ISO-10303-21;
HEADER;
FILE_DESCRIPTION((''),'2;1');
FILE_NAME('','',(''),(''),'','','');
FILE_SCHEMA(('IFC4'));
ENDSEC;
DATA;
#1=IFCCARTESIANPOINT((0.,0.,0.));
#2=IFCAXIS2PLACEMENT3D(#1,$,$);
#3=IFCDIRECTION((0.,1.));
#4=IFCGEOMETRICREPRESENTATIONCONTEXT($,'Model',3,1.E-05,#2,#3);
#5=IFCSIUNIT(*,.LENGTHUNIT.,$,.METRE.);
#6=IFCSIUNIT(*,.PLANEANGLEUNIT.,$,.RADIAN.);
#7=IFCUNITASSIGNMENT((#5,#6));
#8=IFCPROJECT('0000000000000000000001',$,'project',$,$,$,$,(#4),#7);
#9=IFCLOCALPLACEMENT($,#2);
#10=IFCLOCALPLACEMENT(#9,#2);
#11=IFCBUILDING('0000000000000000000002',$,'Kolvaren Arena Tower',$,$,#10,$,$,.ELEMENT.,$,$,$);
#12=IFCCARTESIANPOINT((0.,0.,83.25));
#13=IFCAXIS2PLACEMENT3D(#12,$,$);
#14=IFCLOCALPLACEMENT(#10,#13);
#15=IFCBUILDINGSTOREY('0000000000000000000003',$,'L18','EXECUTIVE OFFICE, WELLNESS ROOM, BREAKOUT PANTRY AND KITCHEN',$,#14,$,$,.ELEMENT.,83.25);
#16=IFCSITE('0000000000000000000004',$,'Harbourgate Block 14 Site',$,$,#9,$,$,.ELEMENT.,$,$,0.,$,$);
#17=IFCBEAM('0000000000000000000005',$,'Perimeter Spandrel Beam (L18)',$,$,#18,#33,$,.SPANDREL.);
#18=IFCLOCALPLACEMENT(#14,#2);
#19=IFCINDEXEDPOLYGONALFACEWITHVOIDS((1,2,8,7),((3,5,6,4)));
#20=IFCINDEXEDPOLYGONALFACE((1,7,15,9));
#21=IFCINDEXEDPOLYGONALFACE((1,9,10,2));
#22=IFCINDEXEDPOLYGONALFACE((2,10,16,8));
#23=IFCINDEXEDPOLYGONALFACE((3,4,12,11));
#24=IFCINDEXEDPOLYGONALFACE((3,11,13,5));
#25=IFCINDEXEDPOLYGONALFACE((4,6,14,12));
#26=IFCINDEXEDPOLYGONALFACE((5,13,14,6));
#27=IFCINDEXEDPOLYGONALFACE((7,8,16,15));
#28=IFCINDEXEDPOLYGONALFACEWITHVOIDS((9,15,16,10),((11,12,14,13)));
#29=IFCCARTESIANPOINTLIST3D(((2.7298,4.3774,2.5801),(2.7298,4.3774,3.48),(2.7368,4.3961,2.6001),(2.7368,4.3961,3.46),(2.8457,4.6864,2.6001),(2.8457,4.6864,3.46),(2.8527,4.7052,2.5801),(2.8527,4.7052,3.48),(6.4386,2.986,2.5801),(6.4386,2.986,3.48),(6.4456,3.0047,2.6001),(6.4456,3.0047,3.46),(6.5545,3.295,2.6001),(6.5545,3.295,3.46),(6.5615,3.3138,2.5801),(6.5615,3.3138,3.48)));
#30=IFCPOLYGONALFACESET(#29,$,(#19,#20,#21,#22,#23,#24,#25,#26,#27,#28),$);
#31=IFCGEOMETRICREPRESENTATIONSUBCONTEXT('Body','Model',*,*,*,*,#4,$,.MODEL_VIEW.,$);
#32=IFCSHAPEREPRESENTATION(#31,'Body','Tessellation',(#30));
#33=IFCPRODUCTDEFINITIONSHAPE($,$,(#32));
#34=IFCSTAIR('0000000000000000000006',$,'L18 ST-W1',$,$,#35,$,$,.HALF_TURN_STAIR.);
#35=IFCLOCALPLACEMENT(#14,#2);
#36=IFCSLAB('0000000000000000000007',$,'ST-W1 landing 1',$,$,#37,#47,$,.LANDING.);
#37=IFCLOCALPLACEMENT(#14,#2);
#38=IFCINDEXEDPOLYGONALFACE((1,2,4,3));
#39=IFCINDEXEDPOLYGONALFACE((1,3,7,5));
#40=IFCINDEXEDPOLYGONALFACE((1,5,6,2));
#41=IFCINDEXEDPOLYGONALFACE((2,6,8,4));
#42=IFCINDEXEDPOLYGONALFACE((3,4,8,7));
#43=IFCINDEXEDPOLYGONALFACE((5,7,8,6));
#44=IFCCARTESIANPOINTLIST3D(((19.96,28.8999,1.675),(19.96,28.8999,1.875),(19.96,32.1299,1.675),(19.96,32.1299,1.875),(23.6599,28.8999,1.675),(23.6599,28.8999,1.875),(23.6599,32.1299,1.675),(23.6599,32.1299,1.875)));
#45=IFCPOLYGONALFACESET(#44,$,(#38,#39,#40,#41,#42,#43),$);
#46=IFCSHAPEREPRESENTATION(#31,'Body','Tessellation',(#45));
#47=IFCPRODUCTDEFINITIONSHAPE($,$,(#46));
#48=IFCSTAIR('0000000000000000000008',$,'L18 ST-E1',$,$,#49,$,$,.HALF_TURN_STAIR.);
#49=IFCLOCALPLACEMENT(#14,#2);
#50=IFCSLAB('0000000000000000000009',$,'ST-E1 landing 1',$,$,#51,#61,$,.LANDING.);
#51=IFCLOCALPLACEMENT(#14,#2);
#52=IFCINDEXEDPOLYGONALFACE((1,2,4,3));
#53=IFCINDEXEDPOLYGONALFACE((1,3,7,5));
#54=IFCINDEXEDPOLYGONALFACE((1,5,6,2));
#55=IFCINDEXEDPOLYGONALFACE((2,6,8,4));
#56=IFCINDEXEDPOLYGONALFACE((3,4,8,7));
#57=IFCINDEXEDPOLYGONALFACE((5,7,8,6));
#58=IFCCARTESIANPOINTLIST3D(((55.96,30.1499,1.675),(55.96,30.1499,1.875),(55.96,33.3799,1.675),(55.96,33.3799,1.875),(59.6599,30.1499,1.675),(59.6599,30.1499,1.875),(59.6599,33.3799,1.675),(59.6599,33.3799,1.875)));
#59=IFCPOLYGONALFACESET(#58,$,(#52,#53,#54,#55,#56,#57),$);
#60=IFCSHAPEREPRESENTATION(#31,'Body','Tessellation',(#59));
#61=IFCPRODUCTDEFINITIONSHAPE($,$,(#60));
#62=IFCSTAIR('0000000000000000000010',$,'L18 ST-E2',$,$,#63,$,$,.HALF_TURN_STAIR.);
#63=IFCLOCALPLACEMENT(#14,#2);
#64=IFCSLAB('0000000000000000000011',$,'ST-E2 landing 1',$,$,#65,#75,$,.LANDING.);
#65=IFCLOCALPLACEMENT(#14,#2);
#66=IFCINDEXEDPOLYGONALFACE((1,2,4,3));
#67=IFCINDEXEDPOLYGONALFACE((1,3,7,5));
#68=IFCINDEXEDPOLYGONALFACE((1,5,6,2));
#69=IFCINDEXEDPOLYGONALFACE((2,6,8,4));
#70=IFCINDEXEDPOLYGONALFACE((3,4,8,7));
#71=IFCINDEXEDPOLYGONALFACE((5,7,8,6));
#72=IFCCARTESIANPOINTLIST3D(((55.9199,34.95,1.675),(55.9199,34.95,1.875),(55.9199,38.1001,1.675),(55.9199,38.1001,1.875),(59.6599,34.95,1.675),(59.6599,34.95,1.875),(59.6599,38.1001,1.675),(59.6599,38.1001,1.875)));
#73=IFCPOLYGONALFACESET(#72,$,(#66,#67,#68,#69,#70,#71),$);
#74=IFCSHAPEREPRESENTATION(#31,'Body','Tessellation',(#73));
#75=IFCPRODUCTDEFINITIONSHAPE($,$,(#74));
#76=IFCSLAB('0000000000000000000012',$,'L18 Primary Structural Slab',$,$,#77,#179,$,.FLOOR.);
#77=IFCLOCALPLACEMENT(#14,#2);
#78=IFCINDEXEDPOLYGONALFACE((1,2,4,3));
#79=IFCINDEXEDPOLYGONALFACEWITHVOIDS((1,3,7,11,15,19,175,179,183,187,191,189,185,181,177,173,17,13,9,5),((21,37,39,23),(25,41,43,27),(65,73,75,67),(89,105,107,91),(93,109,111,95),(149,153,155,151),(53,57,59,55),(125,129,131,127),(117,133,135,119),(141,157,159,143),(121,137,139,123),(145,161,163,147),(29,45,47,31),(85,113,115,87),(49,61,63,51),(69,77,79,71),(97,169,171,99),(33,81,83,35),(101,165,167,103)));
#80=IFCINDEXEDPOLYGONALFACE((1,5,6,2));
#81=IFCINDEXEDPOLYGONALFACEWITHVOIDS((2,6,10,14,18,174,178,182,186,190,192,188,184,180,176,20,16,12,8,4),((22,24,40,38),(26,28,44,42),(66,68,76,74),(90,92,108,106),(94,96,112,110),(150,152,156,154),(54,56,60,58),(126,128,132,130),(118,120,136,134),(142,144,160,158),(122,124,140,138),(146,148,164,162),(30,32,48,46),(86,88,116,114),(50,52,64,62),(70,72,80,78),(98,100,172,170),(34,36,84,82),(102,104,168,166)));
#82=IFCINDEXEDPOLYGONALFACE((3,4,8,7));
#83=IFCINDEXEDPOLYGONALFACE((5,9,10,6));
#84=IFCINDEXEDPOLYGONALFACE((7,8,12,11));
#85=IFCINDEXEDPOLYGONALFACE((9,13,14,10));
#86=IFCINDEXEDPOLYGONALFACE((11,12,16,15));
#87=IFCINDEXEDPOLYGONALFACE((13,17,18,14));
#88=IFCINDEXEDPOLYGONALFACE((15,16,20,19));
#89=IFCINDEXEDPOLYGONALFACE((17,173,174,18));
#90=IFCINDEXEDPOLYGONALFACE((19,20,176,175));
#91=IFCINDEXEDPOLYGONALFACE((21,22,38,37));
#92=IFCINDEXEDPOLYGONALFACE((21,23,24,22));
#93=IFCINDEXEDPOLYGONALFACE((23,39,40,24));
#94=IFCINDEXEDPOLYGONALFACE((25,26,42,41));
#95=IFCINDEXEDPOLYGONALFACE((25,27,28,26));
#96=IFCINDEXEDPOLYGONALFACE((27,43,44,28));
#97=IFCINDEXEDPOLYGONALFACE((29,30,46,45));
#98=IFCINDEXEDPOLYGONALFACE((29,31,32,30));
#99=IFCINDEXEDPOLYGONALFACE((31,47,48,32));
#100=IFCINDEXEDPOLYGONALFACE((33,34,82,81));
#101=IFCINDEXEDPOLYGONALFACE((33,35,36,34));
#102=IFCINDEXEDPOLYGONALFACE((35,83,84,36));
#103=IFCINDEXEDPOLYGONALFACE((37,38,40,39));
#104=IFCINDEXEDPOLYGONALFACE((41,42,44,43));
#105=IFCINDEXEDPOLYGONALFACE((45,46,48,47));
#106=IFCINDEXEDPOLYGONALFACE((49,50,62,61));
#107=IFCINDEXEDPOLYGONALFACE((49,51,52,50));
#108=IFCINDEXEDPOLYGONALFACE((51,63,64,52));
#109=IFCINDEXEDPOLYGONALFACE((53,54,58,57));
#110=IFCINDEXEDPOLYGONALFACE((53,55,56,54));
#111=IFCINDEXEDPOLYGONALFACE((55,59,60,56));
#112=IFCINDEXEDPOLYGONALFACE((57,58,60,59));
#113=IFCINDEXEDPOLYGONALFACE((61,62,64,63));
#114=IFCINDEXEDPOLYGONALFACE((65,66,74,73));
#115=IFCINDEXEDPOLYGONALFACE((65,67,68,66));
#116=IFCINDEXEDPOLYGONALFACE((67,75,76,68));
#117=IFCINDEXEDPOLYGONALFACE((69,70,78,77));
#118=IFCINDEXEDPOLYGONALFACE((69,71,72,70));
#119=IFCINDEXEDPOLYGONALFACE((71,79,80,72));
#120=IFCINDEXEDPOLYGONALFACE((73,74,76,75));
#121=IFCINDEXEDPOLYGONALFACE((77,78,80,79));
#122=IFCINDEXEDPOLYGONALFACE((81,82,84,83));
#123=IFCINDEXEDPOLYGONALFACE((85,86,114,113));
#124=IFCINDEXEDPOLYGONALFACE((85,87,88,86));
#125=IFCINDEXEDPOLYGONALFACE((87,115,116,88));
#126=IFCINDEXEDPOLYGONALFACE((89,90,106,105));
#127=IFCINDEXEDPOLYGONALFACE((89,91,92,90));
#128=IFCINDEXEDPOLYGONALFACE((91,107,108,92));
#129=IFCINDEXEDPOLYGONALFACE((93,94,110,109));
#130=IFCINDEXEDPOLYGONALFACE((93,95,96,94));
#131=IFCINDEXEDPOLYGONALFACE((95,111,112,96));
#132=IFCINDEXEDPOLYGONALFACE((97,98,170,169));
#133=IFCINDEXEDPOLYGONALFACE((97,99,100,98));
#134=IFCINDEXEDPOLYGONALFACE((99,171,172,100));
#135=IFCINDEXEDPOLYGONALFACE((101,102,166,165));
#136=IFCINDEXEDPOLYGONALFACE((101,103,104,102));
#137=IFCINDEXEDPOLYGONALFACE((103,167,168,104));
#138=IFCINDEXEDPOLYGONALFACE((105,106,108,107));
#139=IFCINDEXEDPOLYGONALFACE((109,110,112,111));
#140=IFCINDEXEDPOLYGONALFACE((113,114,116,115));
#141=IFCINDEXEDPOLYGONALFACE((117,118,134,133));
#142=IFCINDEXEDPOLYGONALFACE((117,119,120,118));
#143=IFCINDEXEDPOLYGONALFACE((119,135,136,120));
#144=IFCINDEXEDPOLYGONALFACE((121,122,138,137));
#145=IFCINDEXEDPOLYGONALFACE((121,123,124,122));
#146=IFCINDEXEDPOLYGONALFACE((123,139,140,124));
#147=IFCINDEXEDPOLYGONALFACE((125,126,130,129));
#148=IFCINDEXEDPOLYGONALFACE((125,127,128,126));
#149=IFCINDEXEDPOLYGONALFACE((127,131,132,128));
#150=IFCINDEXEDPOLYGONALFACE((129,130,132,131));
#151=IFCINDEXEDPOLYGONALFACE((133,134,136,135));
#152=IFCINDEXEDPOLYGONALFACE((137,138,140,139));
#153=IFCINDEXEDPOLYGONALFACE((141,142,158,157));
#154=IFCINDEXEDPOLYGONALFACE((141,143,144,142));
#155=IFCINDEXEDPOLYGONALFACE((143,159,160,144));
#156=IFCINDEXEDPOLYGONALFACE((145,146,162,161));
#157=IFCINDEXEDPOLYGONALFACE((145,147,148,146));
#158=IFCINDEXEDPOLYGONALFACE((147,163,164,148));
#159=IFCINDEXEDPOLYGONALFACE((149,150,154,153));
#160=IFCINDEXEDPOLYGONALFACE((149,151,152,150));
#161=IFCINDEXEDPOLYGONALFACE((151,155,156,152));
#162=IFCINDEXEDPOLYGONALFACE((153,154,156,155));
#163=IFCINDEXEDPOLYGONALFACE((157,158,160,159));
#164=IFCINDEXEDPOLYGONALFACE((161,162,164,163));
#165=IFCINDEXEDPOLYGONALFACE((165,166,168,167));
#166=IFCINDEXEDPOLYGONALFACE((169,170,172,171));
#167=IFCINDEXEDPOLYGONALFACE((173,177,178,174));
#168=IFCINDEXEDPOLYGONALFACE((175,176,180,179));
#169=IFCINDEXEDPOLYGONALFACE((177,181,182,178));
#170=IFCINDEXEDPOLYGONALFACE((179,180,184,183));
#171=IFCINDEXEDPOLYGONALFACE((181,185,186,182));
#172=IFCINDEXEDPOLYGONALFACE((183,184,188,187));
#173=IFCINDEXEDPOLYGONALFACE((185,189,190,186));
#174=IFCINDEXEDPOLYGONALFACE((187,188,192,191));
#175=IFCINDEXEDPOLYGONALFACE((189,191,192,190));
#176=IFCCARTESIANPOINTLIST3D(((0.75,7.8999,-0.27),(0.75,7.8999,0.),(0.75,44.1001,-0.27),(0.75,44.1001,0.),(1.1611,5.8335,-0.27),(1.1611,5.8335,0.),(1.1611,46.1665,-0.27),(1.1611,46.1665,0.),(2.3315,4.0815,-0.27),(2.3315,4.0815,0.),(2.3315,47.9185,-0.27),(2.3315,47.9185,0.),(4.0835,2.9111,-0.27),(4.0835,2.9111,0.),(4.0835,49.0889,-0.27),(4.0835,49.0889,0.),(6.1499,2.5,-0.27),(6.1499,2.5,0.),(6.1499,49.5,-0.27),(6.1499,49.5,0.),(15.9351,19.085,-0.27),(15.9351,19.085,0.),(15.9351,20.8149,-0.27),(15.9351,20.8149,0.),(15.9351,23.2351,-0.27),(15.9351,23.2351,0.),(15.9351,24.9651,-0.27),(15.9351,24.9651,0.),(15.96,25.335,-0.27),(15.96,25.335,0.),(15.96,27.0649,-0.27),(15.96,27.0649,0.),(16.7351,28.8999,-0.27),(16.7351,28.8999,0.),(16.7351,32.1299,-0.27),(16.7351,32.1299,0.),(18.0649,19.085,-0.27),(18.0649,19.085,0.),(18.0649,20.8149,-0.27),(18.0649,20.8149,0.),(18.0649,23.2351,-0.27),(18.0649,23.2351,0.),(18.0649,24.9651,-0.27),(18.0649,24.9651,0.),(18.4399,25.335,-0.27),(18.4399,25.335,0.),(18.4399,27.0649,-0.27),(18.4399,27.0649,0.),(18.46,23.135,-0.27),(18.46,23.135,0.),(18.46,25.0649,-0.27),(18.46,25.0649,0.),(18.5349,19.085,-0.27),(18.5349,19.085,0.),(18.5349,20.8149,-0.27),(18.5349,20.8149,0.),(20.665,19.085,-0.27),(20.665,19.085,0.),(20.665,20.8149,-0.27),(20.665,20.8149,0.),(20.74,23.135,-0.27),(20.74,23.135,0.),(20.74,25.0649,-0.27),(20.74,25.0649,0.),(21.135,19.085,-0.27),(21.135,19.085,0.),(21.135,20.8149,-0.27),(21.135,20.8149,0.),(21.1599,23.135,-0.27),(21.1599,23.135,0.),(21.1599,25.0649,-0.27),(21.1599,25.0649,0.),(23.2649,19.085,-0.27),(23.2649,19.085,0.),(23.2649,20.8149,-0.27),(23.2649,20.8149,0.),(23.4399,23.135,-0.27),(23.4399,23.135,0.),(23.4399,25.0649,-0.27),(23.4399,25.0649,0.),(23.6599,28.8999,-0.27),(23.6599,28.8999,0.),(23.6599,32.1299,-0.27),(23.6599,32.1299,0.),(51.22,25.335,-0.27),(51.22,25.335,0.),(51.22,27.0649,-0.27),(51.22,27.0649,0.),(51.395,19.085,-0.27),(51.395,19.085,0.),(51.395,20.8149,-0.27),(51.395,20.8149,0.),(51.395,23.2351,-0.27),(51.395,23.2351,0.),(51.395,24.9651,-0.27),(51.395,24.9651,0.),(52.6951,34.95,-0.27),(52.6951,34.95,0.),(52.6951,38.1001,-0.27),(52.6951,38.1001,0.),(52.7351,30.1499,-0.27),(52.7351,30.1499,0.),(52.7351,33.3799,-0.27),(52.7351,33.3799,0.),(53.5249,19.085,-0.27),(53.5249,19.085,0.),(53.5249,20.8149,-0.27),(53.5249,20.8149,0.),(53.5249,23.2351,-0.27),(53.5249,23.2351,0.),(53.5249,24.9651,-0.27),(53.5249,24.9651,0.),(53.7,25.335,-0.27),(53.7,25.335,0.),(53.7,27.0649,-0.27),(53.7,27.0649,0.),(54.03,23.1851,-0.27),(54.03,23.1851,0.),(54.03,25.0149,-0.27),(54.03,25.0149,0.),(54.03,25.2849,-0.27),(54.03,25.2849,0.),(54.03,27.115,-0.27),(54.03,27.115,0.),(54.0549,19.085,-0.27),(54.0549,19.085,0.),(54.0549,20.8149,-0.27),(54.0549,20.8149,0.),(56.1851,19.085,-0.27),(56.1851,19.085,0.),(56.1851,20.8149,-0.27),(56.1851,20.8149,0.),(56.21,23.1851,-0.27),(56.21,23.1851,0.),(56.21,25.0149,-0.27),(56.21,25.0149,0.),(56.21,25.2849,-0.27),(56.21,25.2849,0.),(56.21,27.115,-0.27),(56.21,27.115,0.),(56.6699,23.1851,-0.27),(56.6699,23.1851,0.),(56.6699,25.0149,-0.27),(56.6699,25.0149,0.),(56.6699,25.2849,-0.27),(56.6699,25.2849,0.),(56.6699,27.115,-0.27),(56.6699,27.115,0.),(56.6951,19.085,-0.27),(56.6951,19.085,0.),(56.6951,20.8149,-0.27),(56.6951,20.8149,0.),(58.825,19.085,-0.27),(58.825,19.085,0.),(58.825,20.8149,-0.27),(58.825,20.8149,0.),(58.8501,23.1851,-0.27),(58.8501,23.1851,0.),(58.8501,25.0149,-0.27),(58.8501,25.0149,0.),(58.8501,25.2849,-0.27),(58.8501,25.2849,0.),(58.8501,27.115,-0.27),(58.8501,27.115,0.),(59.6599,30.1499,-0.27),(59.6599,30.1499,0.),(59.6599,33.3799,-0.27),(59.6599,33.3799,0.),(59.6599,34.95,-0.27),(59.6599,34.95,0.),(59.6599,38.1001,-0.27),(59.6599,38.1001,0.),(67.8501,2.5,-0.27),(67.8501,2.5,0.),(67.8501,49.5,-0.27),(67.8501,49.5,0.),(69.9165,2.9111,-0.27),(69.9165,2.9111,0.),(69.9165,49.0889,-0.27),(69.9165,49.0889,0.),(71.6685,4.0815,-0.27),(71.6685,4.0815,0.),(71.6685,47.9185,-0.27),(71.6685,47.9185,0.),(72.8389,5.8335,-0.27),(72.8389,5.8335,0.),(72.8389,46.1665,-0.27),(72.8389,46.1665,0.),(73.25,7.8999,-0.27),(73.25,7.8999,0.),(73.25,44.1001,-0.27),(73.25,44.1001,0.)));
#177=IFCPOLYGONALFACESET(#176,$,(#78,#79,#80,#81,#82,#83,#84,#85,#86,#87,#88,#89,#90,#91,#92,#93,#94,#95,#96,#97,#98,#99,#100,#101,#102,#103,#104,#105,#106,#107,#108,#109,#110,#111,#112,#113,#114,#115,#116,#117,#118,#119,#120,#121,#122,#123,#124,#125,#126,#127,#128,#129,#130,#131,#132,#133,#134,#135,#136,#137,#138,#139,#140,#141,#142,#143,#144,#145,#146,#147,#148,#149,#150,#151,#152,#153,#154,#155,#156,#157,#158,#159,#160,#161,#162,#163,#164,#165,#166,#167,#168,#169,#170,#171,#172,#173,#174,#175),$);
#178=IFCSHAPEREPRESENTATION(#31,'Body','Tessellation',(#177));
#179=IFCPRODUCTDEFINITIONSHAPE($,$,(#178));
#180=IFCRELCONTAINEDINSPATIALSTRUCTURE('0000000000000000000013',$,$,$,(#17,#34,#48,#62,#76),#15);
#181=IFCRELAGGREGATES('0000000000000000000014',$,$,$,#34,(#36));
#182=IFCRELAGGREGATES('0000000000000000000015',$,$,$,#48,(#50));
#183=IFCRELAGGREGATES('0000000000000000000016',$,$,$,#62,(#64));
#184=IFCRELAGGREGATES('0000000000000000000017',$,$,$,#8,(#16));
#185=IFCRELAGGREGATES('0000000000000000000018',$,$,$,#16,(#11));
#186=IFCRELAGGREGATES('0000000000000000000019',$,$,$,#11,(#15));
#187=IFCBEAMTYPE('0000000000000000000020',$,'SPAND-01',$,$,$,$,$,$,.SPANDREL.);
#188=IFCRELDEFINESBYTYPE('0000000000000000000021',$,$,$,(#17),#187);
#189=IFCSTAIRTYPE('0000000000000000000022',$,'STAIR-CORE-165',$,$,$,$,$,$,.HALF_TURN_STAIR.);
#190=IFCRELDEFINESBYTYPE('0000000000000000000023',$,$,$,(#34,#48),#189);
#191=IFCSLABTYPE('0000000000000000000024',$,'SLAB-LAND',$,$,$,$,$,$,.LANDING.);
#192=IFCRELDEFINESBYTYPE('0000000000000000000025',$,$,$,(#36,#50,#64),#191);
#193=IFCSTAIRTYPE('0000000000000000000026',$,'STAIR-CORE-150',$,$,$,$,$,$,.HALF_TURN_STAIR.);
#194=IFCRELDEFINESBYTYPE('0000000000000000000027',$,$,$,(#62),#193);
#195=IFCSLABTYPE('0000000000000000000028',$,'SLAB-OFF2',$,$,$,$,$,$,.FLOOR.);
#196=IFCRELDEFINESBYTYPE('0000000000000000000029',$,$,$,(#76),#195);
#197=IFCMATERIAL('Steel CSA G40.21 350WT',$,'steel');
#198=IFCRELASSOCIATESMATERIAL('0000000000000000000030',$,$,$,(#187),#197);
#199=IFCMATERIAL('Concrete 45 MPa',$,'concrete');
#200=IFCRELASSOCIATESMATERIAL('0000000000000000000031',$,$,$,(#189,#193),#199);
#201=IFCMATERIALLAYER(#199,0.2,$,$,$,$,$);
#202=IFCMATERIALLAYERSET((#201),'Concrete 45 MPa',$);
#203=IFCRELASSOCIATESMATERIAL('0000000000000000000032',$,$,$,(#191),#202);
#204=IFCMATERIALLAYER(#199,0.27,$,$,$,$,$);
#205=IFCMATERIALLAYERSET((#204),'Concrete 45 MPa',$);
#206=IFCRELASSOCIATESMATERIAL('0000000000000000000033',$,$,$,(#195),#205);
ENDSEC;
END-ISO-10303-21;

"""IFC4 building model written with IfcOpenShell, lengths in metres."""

from ifc_helpers import new_model, si_unit, direction, frame, origin, origin_2d, place, context, subcontext, project, spatial, polyline, hollow_rectangle, outline, extrude, material, layer, layer_set, material_profile, profile_set, type_object, element, aggregate, save


model = new_model("IFC4")

# Units and contexts
model_context = context("Model", 3, precision=1e-05, world=origin(), true_north=direction((0.0, 1.0)))
body_context = subcontext(model_context, "Body", "Model", "MODEL_VIEW")
ifc_project = project(units=[si_unit("LENGTHUNIT", "METRE"), si_unit("PLANEANGLEUNIT", "RADIAN")], contexts=[model_context])

# Site, building, storey
site_placement = place(None, origin())
site = spatial("IfcSite", under=ifc_project, at=site_placement, Name="Harbourgate Block 14 Site", CompositionType="ELEMENT", RefElevation=0.0)
building_placement = place(site_placement, origin())
building = spatial("IfcBuilding", under=site, at=building_placement, Name="Kolvaren Arena Tower", CompositionType="ELEMENT")
storey_placement = place(building_placement, frame((0.0, 0.0, 83.25)))
storey = spatial("IfcBuildingStorey", under=building, at=storey_placement, Name="L18", Description="EXECUTIVE OFFICE, WELLNESS ROOM, BREAKOUT PANTRY AND KITCHEN", CompositionType="ELEMENT", Elevation=83.25)

# Beam
ifc_material_1 = material(Name="Steel CSA G40.21 350WT", Category="steel")
ifc_material_profile_1 = material_profile(ifc_material_1, hollow_rectangle(XDim=0.3501, YDim=0.8999, WallThickness=0.02, at=origin_2d()), Name="HSS 900x350x20")
ifc_profile_set_1 = profile_set([ifc_material_profile_1], Name="Steel CSA G40.21 350WT")
beam_type_1 = type_object("IfcBeamType", Name="SPAND-01", PredefinedType="SPANDREL", material=ifc_profile_set_1)
beam_1_placement = place(storey_placement, frame((2.7913, 4.5413, 3.03), z_axis=(0.936281, -0.351252, 0.0), x_axis=(0.351252, 0.936281, 0.0)))
element("IfcBeam", 1, at=beam_1_placement, inside=storey, type_object=beam_type_1, Name="Perimeter Spandrel Beam (L18)", PredefinedType="SPANDREL", context=body_context, shape_type="SweptSolid", body=[
    extrude(hollow_rectangle(XDim=0.3501, YDim=0.8999, WallThickness=0.02, at=origin_2d()), origin(), (0.0, 0.0, 1.0), 3.9612),
])

# Stairs, slabs
ifc_material_2 = material(Name="Concrete 45 MPa", Category="concrete")
stair_type_1 = type_object("IfcStairType", Name="STAIR-CORE-165", PredefinedType="HALF_TURN_STAIR", material=ifc_material_2)
stair_1_placement = place(storey_placement, origin())
stair_1 = element("IfcStair", 2, at=stair_1_placement, inside=storey, type_object=stair_type_1, Name="L18 ST-W1", PredefinedType="HALF_TURN_STAIR")
ifc_layer_1 = layer(ifc_material_2, 0.2)
ifc_layer_set_1 = layer_set([ifc_layer_1], Name="Concrete 45 MPa")
slab_type_1 = type_object("IfcSlabType", Name="SLAB-LAND", PredefinedType="LANDING", material=ifc_layer_set_1)
slab_1_placement = place(storey_placement, frame((0.0, 0.0, 1.675)))
slab_1 = element("IfcSlab", 3, at=slab_1_placement, type_object=slab_type_1, Name="ST-W1 landing 1", PredefinedType="LANDING", context=body_context, shape_type="SweptSolid", body=[
    extrude(outline(polyline([(19.96, 28.8999), (23.6599, 28.8999), (23.6599, 32.1299), (19.96, 32.1299), (19.96, 28.8999)])), origin(), (0.0, 0.0, 1.0), 0.2),
])
aggregate(stair_1, [slab_1])
stair_2_placement = place(storey_placement, origin())
stair_2 = element("IfcStair", 4, at=stair_2_placement, inside=storey, type_object=stair_type_1, Name="L18 ST-E1", PredefinedType="HALF_TURN_STAIR")
slab_2_placement = place(storey_placement, frame((0.0, 0.0, 1.675)))
slab_2 = element("IfcSlab", 5, at=slab_2_placement, type_object=slab_type_1, Name="ST-E1 landing 1", PredefinedType="LANDING", context=body_context, shape_type="SweptSolid", body=[
    extrude(outline(polyline([(55.96, 30.1499), (59.6599, 30.1499), (59.6599, 33.3799), (55.96, 33.3799), (55.96, 30.1499)])), origin(), (0.0, 0.0, 1.0), 0.2),
])
aggregate(stair_2, [slab_2])
stair_type_2 = type_object("IfcStairType", Name="STAIR-CORE-150", PredefinedType="HALF_TURN_STAIR", material=ifc_material_2)
stair_3_placement = place(storey_placement, origin())
stair_3 = element("IfcStair", 6, at=stair_3_placement, inside=storey, type_object=stair_type_2, Name="L18 ST-E2", PredefinedType="HALF_TURN_STAIR")
slab_3_placement = place(storey_placement, frame((0.0, 0.0, 1.675)))
slab_3 = element("IfcSlab", 7, at=slab_3_placement, type_object=slab_type_1, Name="ST-E2 landing 1", PredefinedType="LANDING", context=body_context, shape_type="SweptSolid", body=[
    extrude(outline(polyline([(55.9199, 34.95), (59.6599, 34.95), (59.6599, 38.1001), (55.9199, 38.1001), (55.9199, 34.95)])), origin(), (0.0, 0.0, 1.0), 0.2),
])
aggregate(stair_3, [slab_3])

# Slab
ifc_layer_2 = layer(ifc_material_2, 0.27)
ifc_layer_set_2 = layer_set([ifc_layer_2], Name="Concrete 45 MPa")
slab_type_2 = type_object("IfcSlabType", Name="SLAB-OFF2", PredefinedType="FLOOR", material=ifc_layer_set_2)
slab_4_placement = place(storey_placement, frame((0.0, 0.0, -0.27)))
element("IfcSlab", 8, at=slab_4_placement, inside=storey, type_object=slab_type_2, Name="L18 Primary Structural Slab", PredefinedType="FLOOR", context=body_context, shape_type="SweptSolid", body=[
    extrude(outline(polyline([(67.8501, 2.5), (69.9165, 2.9111), (71.6685, 4.0815), (72.8389, 5.8335), (73.25, 7.8999), (73.25, 44.1001), (72.8389, 46.1665), (71.6685, 47.9185), (69.9165, 49.0889), (67.8501, 49.5), (6.1499, 49.5), (4.0835, 49.0889), (2.3315, 47.9185), (1.1611, 46.1665), (0.75, 44.1001), (0.75, 7.8999), (1.1611, 5.8335), (2.3315, 4.0815), (4.0835, 2.9111), (6.1499, 2.5), (67.8501, 2.5)]), holes=[polyline([(15.9351, 19.085), (15.9351, 20.8149), (18.0649, 20.8149), (18.0649, 19.085), (15.9351, 19.085)]), polyline([(18.5349, 19.085), (18.5349, 20.8149), (20.665, 20.8149), (20.665, 19.085), (18.5349, 19.085)]), polyline([(21.135, 19.085), (21.135, 20.8149), (23.2649, 20.8149), (23.2649, 19.085), (21.135, 19.085)]), polyline([(51.395, 19.085), (51.395, 20.8149), (53.5249, 20.8149), (53.5249, 19.085), (51.395, 19.085)]), polyline([(54.0549, 19.085), (54.0549, 20.8149), (56.1851, 20.8149), (56.1851, 19.085), (54.0549, 19.085)]), polyline([(56.6951, 19.085), (56.6951, 20.8149), (58.825, 20.8149), (58.825, 19.085), (56.6951, 19.085)]), polyline([(18.46, 23.135), (18.46, 25.0649), (20.74, 25.0649), (20.74, 23.135), (18.46, 23.135)]), polyline([(21.1599, 23.135), (21.1599, 25.0649), (23.4399, 25.0649), (23.4399, 23.135), (21.1599, 23.135)]), polyline([(54.03, 25.0149), (56.21, 25.0149), (56.21, 23.1851), (54.03, 23.1851), (54.03, 25.0149)]), polyline([(56.6699, 25.0149), (58.8501, 25.0149), (58.8501, 23.1851), (56.6699, 23.1851), (56.6699, 25.0149)]), polyline([(15.9351, 23.2351), (15.9351, 24.9651), (18.0649, 24.9651), (18.0649, 23.2351), (15.9351, 23.2351)]), polyline([(51.395, 24.9651), (53.5249, 24.9651), (53.5249, 23.2351), (51.395, 23.2351), (51.395, 24.9651)]), polyline([(54.03, 25.2849), (54.03, 27.115), (56.21, 27.115), (56.21, 25.2849), (54.03, 25.2849)]), polyline([(56.6699, 25.2849), (56.6699, 27.115), (58.8501, 27.115), (58.8501, 25.2849), (56.6699, 25.2849)]), polyline([(15.96, 27.0649), (18.4399, 27.0649), (18.4399, 25.335), (15.96, 25.335), (15.96, 27.0649)]), polyline([(51.22, 25.335), (51.22, 27.0649), (53.7, 27.0649), (53.7, 25.335), (51.22, 25.335)]), polyline([(16.7351, 28.8999), (16.7351, 32.1299), (23.6599, 32.1299), (23.6599, 28.8999), (16.7351, 28.8999)]), polyline([(52.7351, 33.3799), (59.6599, 33.3799), (59.6599, 30.1499), (52.7351, 30.1499), (52.7351, 33.3799)]), polyline([(52.6951, 38.1001), (59.6599, 38.1001), (59.6599, 34.95), (52.6951, 34.95), (52.6951, 38.1001)])]), origin(), (0.0, 0.0, 1.0), 0.27),
])

save(model, "model.ifc")
